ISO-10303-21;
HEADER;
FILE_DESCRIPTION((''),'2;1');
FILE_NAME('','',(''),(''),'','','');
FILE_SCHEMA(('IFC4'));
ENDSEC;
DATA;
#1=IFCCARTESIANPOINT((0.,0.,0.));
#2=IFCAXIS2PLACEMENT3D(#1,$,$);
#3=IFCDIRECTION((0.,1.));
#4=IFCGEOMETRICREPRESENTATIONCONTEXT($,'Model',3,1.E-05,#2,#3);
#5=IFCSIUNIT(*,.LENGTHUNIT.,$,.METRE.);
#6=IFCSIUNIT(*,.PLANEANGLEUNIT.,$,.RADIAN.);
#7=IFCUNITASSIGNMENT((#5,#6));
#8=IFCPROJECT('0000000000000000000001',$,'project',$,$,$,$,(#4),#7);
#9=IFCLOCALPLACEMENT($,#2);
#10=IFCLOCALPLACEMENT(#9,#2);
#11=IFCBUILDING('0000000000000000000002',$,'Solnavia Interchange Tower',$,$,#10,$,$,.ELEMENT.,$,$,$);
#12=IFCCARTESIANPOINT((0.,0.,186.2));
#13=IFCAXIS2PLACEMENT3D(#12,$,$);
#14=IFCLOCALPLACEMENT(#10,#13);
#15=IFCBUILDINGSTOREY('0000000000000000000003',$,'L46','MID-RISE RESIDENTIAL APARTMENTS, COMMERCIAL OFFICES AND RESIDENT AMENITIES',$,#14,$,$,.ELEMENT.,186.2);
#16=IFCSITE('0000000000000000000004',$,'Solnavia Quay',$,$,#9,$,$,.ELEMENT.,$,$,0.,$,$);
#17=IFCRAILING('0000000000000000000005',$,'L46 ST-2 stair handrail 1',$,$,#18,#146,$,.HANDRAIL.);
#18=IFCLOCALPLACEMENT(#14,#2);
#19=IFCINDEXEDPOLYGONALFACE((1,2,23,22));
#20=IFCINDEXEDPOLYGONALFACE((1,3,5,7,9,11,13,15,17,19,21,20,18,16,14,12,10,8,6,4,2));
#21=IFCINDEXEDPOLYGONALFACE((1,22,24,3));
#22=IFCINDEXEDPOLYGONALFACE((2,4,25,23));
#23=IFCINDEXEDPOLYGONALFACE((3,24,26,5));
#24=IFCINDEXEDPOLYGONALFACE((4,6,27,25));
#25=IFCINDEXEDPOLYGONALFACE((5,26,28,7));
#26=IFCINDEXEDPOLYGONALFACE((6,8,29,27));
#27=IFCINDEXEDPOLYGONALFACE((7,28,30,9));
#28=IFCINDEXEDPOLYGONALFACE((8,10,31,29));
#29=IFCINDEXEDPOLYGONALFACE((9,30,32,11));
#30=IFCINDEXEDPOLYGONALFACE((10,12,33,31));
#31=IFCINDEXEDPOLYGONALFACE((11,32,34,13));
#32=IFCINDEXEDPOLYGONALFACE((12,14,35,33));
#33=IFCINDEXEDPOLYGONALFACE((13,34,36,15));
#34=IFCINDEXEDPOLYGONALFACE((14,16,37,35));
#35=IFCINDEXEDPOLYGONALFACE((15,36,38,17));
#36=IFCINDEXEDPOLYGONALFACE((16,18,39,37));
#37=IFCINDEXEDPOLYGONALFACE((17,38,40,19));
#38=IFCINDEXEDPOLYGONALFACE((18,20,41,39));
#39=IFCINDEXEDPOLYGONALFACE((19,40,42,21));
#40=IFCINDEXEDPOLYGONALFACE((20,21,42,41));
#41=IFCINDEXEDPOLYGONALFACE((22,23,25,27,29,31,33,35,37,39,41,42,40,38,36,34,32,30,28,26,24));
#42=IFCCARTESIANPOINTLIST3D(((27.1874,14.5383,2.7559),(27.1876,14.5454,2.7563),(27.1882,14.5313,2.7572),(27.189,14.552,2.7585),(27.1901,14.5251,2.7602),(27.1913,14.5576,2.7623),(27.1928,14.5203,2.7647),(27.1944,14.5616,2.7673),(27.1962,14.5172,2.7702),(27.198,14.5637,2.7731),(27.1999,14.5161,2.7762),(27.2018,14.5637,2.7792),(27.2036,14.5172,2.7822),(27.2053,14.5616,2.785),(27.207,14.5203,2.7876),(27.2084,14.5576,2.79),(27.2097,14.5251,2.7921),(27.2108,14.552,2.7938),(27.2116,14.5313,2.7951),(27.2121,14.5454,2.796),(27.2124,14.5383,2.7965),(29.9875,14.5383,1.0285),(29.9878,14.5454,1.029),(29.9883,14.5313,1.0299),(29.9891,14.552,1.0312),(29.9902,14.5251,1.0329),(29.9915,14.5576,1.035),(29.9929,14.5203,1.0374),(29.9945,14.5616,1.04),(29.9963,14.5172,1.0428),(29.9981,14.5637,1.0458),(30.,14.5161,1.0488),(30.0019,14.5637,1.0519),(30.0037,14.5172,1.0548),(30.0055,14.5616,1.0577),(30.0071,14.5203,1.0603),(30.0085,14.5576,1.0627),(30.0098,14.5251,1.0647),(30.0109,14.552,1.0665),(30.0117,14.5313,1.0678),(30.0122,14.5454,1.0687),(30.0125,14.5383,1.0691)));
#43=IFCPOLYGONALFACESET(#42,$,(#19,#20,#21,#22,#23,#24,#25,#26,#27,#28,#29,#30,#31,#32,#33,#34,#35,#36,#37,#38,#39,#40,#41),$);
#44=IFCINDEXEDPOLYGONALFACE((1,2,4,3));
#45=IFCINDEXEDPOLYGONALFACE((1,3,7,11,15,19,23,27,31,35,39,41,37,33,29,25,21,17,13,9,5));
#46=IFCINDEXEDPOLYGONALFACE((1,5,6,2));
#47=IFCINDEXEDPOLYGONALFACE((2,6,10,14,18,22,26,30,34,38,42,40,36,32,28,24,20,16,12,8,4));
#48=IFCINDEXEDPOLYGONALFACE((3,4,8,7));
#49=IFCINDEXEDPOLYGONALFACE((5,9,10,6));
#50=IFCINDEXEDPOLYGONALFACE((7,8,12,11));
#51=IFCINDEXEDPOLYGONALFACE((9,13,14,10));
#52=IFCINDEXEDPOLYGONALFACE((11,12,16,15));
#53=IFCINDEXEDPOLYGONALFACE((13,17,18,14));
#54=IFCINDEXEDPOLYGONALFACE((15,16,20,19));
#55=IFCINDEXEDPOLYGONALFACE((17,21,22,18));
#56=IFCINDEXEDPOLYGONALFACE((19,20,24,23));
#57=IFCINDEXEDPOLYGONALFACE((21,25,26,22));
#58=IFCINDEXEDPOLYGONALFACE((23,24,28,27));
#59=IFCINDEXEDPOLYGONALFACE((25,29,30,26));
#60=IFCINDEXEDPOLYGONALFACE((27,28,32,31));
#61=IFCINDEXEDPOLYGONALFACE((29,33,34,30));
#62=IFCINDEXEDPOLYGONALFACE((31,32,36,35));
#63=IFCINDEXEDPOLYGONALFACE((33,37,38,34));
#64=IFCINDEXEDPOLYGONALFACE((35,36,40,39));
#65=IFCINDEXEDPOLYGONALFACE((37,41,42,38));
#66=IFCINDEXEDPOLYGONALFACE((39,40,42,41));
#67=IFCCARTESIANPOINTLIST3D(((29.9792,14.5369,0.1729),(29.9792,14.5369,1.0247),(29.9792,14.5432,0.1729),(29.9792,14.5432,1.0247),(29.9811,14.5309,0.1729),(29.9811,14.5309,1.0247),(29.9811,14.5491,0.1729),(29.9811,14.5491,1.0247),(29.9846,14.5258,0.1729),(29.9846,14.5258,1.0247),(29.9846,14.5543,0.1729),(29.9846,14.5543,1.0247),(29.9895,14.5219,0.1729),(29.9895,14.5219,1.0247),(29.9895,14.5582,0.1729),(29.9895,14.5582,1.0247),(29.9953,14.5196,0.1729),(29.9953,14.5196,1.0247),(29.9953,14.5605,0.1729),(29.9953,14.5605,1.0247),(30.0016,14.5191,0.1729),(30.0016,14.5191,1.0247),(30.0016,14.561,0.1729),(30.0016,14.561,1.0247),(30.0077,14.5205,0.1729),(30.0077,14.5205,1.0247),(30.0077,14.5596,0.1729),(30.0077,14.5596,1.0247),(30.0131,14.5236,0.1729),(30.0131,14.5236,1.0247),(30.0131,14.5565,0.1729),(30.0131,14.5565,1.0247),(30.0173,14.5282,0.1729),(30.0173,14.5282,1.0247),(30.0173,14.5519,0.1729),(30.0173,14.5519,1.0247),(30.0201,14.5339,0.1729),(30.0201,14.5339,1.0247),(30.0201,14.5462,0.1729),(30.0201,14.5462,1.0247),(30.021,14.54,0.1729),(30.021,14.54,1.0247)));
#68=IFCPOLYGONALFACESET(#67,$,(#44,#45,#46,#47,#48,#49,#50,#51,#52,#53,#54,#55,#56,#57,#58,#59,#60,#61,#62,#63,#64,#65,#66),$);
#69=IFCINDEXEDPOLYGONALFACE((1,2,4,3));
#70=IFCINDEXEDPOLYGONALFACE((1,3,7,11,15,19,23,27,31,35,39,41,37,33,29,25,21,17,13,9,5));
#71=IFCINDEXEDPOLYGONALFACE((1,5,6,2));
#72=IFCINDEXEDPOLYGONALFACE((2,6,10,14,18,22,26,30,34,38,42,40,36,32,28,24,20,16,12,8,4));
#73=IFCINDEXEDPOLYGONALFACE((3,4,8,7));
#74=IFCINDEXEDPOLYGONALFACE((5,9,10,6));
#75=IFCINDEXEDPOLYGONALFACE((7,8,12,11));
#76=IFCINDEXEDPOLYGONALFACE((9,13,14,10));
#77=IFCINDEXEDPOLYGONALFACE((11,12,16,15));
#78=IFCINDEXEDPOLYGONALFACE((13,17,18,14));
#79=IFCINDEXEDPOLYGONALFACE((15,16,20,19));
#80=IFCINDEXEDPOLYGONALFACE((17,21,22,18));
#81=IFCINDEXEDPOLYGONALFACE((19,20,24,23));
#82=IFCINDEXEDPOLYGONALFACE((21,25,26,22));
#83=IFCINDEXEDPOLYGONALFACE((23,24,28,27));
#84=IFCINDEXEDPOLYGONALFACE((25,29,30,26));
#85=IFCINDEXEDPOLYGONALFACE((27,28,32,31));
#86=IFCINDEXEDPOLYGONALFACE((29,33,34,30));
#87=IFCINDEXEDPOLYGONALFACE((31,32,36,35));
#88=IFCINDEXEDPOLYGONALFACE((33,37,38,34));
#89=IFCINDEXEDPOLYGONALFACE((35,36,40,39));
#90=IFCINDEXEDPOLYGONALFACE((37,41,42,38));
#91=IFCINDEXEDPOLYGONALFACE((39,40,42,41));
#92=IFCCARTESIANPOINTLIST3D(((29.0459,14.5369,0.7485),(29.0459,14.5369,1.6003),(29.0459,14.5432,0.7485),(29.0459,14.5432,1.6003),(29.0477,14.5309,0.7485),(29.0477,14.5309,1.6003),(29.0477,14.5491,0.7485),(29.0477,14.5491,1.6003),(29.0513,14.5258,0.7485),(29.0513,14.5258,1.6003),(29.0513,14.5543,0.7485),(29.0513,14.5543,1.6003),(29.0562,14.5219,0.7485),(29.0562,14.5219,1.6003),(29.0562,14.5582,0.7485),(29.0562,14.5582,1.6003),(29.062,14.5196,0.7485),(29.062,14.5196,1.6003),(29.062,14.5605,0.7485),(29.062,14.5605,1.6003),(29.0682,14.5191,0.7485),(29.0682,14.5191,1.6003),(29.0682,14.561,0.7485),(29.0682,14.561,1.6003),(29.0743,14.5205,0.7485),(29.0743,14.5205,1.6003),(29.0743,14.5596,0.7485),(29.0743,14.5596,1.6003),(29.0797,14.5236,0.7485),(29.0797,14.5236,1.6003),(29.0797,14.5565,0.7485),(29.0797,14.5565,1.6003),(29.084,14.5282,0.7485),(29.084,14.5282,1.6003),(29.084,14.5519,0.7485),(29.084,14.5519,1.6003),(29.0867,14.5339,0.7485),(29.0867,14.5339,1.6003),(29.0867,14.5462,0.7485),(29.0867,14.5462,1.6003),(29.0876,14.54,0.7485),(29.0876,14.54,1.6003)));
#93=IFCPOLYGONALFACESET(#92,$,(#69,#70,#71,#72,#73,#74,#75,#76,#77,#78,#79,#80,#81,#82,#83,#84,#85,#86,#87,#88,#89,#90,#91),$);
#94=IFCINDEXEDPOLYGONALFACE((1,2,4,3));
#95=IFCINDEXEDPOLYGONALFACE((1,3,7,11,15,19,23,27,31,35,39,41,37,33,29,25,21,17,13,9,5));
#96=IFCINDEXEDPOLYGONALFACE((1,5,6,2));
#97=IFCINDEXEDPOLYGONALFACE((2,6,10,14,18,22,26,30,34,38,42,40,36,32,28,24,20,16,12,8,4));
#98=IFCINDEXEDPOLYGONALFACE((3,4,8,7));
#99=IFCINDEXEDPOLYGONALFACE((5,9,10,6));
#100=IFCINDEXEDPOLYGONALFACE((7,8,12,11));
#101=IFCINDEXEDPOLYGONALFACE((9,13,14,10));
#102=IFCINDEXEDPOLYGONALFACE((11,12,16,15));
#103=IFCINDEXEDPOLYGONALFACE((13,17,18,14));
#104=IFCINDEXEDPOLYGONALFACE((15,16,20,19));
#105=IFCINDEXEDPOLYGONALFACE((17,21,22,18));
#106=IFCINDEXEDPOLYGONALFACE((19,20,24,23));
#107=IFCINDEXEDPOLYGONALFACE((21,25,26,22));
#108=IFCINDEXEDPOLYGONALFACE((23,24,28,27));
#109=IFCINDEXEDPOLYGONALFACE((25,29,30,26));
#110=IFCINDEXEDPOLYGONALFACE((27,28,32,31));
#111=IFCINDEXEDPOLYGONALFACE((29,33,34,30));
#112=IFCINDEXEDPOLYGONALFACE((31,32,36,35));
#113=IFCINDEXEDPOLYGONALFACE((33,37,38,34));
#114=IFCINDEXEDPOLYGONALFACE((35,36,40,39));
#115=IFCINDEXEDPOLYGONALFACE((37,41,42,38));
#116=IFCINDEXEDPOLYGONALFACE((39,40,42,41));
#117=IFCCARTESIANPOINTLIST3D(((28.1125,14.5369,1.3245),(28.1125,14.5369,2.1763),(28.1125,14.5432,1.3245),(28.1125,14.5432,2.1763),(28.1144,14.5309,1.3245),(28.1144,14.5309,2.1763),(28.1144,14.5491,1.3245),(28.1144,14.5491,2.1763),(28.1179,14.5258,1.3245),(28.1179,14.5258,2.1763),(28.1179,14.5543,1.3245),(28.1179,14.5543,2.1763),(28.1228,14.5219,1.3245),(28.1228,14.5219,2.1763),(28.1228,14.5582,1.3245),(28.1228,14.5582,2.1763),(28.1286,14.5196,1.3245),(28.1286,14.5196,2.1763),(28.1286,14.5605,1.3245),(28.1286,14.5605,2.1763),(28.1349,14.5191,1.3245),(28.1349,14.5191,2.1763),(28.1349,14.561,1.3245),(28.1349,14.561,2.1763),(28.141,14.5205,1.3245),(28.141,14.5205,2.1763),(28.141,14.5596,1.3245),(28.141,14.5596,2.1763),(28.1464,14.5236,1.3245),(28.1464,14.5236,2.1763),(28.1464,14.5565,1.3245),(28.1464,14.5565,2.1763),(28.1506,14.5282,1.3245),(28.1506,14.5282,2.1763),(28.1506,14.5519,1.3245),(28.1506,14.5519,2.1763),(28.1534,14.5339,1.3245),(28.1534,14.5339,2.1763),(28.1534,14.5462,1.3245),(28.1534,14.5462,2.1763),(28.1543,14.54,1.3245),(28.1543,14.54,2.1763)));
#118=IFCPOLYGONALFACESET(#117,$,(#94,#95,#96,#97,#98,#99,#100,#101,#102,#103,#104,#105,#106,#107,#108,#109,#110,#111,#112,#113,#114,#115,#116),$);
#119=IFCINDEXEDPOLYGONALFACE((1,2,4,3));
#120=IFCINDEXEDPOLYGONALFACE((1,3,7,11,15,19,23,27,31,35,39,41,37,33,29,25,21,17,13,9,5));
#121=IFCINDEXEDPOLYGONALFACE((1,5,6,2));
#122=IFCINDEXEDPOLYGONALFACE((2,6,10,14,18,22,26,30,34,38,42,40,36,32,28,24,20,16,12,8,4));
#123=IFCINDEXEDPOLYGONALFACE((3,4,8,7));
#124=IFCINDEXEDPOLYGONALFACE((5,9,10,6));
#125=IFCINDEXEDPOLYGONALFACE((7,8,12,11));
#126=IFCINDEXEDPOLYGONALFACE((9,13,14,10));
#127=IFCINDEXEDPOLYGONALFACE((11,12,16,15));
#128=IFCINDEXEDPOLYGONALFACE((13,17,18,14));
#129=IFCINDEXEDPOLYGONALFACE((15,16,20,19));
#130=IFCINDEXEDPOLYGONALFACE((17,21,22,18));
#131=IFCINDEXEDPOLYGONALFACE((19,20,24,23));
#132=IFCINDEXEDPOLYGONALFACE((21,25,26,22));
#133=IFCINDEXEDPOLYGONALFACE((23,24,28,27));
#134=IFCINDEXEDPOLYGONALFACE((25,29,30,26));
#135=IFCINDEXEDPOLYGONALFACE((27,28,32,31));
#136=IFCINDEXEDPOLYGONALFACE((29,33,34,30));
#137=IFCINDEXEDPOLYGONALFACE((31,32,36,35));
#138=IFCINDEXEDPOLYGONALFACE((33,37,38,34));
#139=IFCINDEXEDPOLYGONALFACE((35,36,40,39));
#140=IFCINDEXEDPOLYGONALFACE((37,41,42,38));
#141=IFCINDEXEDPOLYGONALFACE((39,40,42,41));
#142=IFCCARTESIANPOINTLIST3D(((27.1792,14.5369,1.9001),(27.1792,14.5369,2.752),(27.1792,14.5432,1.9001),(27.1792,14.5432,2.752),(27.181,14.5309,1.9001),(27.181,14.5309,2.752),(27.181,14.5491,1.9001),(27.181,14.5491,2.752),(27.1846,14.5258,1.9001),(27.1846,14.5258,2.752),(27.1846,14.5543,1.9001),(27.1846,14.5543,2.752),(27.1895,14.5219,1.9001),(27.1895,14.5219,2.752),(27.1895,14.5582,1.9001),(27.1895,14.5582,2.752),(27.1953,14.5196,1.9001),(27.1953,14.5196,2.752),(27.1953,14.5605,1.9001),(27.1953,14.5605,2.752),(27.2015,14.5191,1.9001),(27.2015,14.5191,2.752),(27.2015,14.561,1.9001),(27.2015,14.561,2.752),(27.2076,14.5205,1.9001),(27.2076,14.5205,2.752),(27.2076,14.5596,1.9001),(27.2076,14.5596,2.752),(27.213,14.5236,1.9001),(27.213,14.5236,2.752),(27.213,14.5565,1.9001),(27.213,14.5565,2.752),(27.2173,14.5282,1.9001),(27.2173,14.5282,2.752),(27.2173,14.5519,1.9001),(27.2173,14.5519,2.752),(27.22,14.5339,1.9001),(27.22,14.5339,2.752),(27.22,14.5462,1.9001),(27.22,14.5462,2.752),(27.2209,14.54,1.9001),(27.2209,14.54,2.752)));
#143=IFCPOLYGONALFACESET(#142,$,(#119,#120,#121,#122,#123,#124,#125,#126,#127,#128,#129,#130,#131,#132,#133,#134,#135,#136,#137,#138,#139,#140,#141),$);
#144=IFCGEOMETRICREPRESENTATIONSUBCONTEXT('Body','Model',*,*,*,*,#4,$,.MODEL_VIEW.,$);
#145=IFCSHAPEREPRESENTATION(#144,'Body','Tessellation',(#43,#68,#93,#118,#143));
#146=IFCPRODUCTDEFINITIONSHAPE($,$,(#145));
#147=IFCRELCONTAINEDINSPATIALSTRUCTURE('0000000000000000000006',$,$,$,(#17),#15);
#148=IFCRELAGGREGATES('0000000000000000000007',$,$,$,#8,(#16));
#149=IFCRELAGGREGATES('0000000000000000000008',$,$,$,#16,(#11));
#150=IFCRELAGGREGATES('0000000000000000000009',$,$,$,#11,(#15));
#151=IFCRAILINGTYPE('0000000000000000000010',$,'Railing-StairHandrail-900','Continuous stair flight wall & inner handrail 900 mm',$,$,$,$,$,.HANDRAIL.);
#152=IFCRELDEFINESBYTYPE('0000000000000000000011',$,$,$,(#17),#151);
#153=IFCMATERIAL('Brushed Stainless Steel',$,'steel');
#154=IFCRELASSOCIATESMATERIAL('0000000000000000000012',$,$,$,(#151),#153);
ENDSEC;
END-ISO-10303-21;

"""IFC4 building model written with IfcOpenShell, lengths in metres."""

from ifc_helpers import new_model, si_unit, direction, frame, origin, origin_2d, place, context, subcontext, project, spatial, circle, extrude, material, type_object, element, save


model = new_model("IFC4")

# Units and contexts
model_context = context("Model", 3, precision=1e-05, world=origin(), true_north=direction((0.0, 1.0)))
body_context = subcontext(model_context, "Body", "Model", "MODEL_VIEW")
ifc_project = project(units=[si_unit("LENGTHUNIT", "METRE"), si_unit("PLANEANGLEUNIT", "RADIAN")], contexts=[model_context])

# Site, building, storey
site_placement = place(None, origin())
site = spatial("IfcSite", under=ifc_project, at=site_placement, Name="Solnavia Quay", CompositionType="ELEMENT", RefElevation=0.0)
building_placement = place(site_placement, origin())
building = spatial("IfcBuilding", under=site, at=building_placement, Name="Solnavia Interchange Tower", CompositionType="ELEMENT")
storey_placement = place(building_placement, frame((0.0, 0.0, 186.2)))
storey = spatial("IfcBuildingStorey", under=building, at=storey_placement, Name="L46", Description="MID-RISE RESIDENTIAL APARTMENTS, COMMERCIAL OFFICES AND RESIDENT AMENITIES", CompositionType="ELEMENT", Elevation=186.2)

# Railing
ifc_material_1 = material(Name="Brushed Stainless Steel", Category="steel")
railing_type_1 = type_object("IfcRailingType", Name="Railing-StairHandrail-900", Description="Continuous stair flight wall & inner handrail 900 mm", PredefinedType="HANDRAIL", material=ifc_material_1)
railing_1_placement = place(storey_placement, frame((30.0, 14.54, 0.1729)))
element("IfcRailing", 1, at=railing_1_placement, inside=storey, type_object=railing_type_1, Name="L46 ST-2 stair handrail 1", PredefinedType="HANDRAIL", context=body_context, shape_type="SweptSolid", body=[
    extrude(circle(Radius=0.0239, at=origin_2d()), frame((0.0, 0.0, 0.876), z_axis=(-0.85109, 0.0, 0.52502), x_axis=(0.0, -1.0, 0.0)), (0.0, 0.0, 1.0), 3.29),
    extrude(circle(Radius=0.021, at=origin_2d()), origin(), (0.0, 0.0, 1.0), 0.8518),
    extrude(circle(Radius=0.021, at=origin_2d()), frame((-0.9333, 0.0, 0.5757)), (0.0, 0.0, 1.0), 0.8518),
    extrude(circle(Radius=0.021, at=origin_2d()), frame((-1.8667, 0.0, 1.1516)), (0.0, 0.0, 1.0), 0.8518),
    extrude(circle(Radius=0.021, at=origin_2d()), frame((-2.8, 0.0, 1.7273)), (0.0, 0.0, 1.0), 0.8518),
])

save(model, "model.ifc")
